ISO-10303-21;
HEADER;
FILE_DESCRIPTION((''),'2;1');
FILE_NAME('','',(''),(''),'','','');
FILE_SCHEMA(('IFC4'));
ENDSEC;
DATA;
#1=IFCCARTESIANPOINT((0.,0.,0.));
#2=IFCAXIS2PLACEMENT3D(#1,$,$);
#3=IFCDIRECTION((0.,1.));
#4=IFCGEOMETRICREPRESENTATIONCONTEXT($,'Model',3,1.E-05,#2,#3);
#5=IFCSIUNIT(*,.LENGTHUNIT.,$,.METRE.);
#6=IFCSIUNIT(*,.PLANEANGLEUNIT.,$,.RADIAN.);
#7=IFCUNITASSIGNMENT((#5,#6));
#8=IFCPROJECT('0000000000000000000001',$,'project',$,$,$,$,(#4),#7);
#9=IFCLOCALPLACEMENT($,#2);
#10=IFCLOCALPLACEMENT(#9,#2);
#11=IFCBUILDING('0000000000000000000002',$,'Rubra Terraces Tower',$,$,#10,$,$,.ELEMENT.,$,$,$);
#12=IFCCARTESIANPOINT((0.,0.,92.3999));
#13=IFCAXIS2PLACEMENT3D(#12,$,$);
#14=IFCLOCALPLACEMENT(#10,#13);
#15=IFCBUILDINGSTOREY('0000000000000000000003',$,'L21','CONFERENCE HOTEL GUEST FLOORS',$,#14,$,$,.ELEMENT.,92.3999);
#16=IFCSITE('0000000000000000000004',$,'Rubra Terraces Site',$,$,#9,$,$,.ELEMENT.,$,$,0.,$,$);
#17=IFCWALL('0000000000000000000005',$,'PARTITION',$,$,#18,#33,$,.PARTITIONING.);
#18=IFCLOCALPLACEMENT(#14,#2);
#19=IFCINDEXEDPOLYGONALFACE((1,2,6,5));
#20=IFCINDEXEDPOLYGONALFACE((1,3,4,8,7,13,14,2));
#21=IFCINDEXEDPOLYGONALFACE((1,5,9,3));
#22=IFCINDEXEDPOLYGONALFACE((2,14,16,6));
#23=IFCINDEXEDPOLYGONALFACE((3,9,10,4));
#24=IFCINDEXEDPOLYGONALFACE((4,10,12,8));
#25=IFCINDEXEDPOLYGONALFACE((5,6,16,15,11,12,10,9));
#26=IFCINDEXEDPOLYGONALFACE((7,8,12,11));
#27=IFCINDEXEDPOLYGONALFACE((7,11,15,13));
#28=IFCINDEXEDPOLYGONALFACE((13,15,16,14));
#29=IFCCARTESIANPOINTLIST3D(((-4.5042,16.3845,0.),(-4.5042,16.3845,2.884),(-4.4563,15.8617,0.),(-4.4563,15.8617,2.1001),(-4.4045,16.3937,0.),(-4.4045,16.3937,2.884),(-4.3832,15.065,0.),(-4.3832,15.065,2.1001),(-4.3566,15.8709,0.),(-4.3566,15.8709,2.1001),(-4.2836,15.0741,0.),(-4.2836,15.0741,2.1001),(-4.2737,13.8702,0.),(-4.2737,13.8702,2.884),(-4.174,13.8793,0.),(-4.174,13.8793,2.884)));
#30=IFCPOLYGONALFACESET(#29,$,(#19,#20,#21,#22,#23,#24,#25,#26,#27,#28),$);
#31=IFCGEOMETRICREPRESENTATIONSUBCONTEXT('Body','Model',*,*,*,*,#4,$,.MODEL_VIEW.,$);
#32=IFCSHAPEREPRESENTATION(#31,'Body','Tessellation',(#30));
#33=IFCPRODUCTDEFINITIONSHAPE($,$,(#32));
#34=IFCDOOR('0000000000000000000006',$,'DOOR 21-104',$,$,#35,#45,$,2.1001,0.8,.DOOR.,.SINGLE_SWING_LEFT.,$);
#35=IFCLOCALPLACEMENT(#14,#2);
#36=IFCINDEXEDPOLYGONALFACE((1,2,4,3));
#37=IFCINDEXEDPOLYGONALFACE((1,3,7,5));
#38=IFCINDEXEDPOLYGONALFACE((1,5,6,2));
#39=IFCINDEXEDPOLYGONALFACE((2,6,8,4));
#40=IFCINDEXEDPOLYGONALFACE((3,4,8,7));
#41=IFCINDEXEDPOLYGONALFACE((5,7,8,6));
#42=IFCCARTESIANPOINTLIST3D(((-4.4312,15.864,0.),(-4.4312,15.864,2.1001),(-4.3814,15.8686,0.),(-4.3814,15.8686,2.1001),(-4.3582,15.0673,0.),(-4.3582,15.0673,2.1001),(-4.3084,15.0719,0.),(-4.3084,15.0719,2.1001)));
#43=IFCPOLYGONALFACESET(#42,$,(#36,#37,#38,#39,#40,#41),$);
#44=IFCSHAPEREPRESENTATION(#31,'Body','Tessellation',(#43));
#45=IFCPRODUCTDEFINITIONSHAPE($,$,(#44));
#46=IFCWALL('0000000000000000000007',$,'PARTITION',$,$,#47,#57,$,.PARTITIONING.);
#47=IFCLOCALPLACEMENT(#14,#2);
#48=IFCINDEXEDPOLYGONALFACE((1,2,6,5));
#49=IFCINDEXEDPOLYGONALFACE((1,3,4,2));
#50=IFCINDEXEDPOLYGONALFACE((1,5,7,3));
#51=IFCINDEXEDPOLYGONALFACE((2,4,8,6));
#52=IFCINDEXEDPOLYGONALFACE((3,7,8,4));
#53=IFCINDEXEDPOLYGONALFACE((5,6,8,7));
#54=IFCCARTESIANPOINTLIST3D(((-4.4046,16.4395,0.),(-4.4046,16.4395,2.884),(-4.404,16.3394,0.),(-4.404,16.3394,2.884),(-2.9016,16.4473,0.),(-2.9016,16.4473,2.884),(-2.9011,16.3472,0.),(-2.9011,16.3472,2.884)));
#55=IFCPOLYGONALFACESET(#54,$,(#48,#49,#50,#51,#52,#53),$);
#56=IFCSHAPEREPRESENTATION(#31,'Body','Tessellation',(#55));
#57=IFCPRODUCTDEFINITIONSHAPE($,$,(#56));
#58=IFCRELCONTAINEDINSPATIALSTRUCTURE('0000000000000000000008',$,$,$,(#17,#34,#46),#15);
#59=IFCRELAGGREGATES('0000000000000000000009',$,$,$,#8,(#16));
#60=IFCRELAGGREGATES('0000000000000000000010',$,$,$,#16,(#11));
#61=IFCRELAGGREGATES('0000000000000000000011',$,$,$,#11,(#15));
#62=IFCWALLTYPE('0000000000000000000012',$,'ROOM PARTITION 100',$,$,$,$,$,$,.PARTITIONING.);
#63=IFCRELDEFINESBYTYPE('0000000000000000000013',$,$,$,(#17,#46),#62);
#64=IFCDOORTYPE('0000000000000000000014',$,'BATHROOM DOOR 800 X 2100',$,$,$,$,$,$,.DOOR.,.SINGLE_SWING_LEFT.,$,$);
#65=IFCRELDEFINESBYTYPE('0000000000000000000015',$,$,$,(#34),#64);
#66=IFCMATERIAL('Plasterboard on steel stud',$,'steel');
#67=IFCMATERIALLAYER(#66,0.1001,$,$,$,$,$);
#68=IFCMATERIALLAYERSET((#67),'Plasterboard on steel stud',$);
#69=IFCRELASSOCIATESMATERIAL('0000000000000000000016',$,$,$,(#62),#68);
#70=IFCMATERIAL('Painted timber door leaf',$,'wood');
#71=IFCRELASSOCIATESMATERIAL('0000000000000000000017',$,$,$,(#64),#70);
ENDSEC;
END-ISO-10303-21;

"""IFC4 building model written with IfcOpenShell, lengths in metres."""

from ifc_helpers import new_model, si_unit, direction, frame, frame_2d, origin, place, context, subcontext, project, spatial, rectangle, extrude, material, layer, layer_set, type_object, element, fill, save


model = new_model("IFC4")

# Units and contexts
model_context = context("Model", 3, precision=1e-05, world=origin(), true_north=direction((0.0, 1.0)))
body_context = subcontext(model_context, "Body", "Model", "MODEL_VIEW")
ifc_project = project(units=[si_unit("LENGTHUNIT", "METRE"), si_unit("PLANEANGLEUNIT", "RADIAN")], contexts=[model_context])

# Site, building, storey
site_placement = place(None, origin())
site = spatial("IfcSite", under=ifc_project, at=site_placement, Name="Rubra Terraces Site", CompositionType="ELEMENT", RefElevation=0.0)
building_placement = place(site_placement, origin())
building = spatial("IfcBuilding", under=site, at=building_placement, Name="Rubra Terraces Tower", CompositionType="ELEMENT")
storey_placement = place(building_placement, frame((0.0, 0.0, 92.3999)))
storey = spatial("IfcBuildingStorey", under=building, at=storey_placement, Name="L21", Description="CONFERENCE HOTEL GUEST FLOORS", CompositionType="ELEMENT", Elevation=92.3999)

# Wall, opening, door
ifc_material_1 = material(Name="Plasterboard on steel stud", Category="steel")
ifc_layer_1 = layer(ifc_material_1, 0.1001)
ifc_layer_set_1 = layer_set([ifc_layer_1], Name="Plasterboard on steel stud")
wall_type_1 = type_object("IfcWallType", Name="ROOM PARTITION 100", PredefinedType="PARTITIONING", material=ifc_layer_set_1)
wall_1_placement = place(storey_placement, frame((-4.2239, 13.8748, 0.0), z_axis=(0.0, 0.0, 1.0), x_axis=(-0.091277, 0.995826, 0.0)))
wall_1 = element("IfcWall", 1, at=wall_1_placement, inside=storey, type_object=wall_type_1, Name="PARTITION", PredefinedType="PARTITIONING", context=body_context, shape_type="SweptSolid", body=[
    extrude(rectangle(XDim=2.5249, YDim=0.1001, at=frame_2d((1.2625, 0.0))), origin(), (0.0, 0.0, 1.0), 2.884),
])
opening_1_placement = place(wall_1_placement, frame((1.2, 0.0, 0.0)))
opening_1 = element("IfcOpeningElement", 2, at=opening_1_placement, cuts=wall_1, PredefinedType="OPENING", context=body_context, shape_type="SweptSolid", body=[
    extrude(rectangle(XDim=0.8, YDim=2.1001, at=frame_2d((0.3999, 1.05))), frame((0.0, 0.0601, 0.0), z_axis=(0.0, -1.0, 0.0), x_axis=(1.0, 0.0, 0.0)), (0.0, 0.0, 1.0), 0.1201),
])
ifc_material_2 = material(Name="Painted timber door leaf", Category="wood")
door_type_1 = type_object("IfcDoorType", Name="BATHROOM DOOR 800 X 2100", OperationType="SINGLE_SWING_LEFT", PredefinedType="DOOR", material=ifc_material_2)
door_1_placement = place(opening_1_placement, origin())
door_1 = element("IfcDoor", 3, at=door_1_placement, inside=storey, type_object=door_type_1, Name="DOOR 21-104", OperationType="SINGLE_SWING_LEFT", OverallHeight=2.1001, OverallWidth=0.8, PredefinedType="DOOR", context=body_context, shape_type="SweptSolid", body=[
    extrude(rectangle(XDim=0.8, YDim=2.1001, at=frame_2d((0.3999, 1.05))), frame((0.0, 0.0249, 0.0), z_axis=(0.0, -1.0, 0.0), x_axis=(1.0, 0.0, 0.0)), (0.0, 0.0, 1.0), 0.05),
])
fill(opening_1, door_1)

# Wall
wall_2_placement = place(storey_placement, frame((-4.4043, 16.3894, 0.0), z_axis=(0.0, 0.0, 1.0), x_axis=(0.999986, 0.005198, 0.0)))
element("IfcWall", 4, at=wall_2_placement, inside=storey, type_object=wall_type_1, Name="PARTITION", PredefinedType="PARTITIONING", context=body_context, shape_type="SweptSolid", body=[
    extrude(rectangle(XDim=1.5029, YDim=0.1001, at=frame_2d((0.7515, 0.0))), origin(), (0.0, 0.0, 1.0), 2.884),
])

save(model, "model.ifc")
